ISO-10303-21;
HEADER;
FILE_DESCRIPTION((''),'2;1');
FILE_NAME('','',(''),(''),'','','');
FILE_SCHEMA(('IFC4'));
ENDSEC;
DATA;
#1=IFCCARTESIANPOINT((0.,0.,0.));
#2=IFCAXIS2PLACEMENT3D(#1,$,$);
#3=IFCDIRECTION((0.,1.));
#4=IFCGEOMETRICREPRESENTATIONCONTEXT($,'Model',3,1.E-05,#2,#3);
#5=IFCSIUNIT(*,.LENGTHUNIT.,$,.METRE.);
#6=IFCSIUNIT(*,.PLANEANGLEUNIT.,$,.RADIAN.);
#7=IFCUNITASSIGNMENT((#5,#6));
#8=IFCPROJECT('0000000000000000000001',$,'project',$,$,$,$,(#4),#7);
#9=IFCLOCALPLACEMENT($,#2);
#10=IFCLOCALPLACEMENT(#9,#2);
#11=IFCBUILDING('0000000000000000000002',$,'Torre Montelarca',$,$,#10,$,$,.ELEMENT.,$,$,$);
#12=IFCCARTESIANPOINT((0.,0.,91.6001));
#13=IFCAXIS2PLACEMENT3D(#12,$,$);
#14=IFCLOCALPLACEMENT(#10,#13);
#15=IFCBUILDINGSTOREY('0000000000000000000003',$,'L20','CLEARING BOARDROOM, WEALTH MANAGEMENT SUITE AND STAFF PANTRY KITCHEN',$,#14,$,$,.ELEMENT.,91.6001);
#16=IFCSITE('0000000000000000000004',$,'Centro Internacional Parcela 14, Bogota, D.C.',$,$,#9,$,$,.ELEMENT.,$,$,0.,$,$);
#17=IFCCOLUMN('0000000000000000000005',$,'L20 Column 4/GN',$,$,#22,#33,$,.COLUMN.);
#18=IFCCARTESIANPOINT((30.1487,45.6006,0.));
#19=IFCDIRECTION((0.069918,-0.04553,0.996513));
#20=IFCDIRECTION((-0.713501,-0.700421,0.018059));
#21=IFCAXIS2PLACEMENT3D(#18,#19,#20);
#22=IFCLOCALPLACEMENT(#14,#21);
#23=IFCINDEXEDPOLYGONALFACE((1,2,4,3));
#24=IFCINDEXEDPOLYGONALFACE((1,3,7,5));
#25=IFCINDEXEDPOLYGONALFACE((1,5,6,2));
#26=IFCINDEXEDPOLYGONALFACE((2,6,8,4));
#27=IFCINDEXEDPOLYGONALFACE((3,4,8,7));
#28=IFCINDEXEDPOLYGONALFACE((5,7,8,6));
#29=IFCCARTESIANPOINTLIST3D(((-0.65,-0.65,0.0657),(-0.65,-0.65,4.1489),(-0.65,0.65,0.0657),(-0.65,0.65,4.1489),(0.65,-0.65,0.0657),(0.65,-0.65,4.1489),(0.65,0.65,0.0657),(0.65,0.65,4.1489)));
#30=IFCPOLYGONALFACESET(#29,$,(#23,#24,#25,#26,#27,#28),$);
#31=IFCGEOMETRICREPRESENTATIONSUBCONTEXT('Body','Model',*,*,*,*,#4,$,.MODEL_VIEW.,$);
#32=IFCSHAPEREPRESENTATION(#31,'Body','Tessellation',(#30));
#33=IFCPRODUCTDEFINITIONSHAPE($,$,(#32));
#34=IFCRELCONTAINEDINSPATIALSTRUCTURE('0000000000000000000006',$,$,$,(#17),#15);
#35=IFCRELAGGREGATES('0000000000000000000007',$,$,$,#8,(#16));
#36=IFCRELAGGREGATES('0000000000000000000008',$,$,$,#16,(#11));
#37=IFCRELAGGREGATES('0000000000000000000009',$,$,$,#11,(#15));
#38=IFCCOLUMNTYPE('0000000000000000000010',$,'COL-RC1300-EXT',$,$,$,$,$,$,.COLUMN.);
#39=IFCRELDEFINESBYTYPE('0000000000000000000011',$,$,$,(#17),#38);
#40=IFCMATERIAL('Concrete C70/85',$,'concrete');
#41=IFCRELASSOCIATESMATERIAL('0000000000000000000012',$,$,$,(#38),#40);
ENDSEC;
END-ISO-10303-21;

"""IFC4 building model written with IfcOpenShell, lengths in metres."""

from ifc_helpers import new_model, si_unit, direction, frame, origin, origin_2d, place, context, subcontext, project, spatial, rectangle, extrude, clip, halfspace, material, material_profile, profile_set, type_object, element, save


model = new_model("IFC4")

# Units and contexts
model_context = context("Model", 3, precision=1e-05, world=origin(), true_north=direction((0.0, 1.0)))
body_context = subcontext(model_context, "Body", "Model", "MODEL_VIEW")
ifc_project = project(units=[si_unit("LENGTHUNIT", "METRE"), si_unit("PLANEANGLEUNIT", "RADIAN")], contexts=[model_context])

# Site, building, storey
site_placement = place(None, origin())
site = spatial("IfcSite", under=ifc_project, at=site_placement, Name="Centro Internacional Parcela 14, Bogota, D.C.", CompositionType="ELEMENT", RefElevation=0.0)
building_placement = place(site_placement, origin())
building = spatial("IfcBuilding", under=site, at=building_placement, Name="Torre Montelarca", CompositionType="ELEMENT")
storey_placement = place(building_placement, frame((0.0, 0.0, 91.6001)))
storey = spatial("IfcBuildingStorey", under=building, at=storey_placement, Name="L20", Description="CLEARING BOARDROOM, WEALTH MANAGEMENT SUITE AND STAFF PANTRY KITCHEN", CompositionType="ELEMENT", Elevation=91.6001)

# Column
ifc_material_1 = material(Name="Concrete C70/85", Category="concrete")
ifc_material_profile_1 = material_profile(ifc_material_1, rectangle(XDim=1.3, YDim=1.3, at=origin_2d()), Name="RC1300X1300", Category="concrete")
ifc_profile_set_1 = profile_set([ifc_material_profile_1], Name="Concrete C70/85")
column_type = type_object("IfcColumnType", Name="COL-RC1300-EXT", PredefinedType="COLUMN", material=ifc_profile_set_1)
column_placement = place(storey_placement, frame((30.1487, 45.6006, 0.0), z_axis=(0.069918, -0.04553, 0.996513), x_axis=(-0.713501, -0.700421, 0.018059)))
element("IfcColumn", 1, at=column_placement, inside=storey, type_object=column_type, Name="L20 Column 4/GN", PredefinedType="COLUMN", context=body_context, shape_type="Clipping", body=[
    clip(clip(extrude(rectangle(XDim=1.3, YDim=1.3, at=origin_2d()), origin(), (0.0, 0.0, 1.0), 4.2146), halfspace(frame((0.0, 0.0, 0.0657), z_axis=(0.0, 0.0, -1.0), x_axis=(1.0, 0.0, 0.0)), False)), halfspace(frame((0.0, 0.0, 4.1489), z_axis=(0.0, 0.0, 1.0), x_axis=(1.0, 0.0, 0.0)), False)),
])

save(model, "model.ifc")
